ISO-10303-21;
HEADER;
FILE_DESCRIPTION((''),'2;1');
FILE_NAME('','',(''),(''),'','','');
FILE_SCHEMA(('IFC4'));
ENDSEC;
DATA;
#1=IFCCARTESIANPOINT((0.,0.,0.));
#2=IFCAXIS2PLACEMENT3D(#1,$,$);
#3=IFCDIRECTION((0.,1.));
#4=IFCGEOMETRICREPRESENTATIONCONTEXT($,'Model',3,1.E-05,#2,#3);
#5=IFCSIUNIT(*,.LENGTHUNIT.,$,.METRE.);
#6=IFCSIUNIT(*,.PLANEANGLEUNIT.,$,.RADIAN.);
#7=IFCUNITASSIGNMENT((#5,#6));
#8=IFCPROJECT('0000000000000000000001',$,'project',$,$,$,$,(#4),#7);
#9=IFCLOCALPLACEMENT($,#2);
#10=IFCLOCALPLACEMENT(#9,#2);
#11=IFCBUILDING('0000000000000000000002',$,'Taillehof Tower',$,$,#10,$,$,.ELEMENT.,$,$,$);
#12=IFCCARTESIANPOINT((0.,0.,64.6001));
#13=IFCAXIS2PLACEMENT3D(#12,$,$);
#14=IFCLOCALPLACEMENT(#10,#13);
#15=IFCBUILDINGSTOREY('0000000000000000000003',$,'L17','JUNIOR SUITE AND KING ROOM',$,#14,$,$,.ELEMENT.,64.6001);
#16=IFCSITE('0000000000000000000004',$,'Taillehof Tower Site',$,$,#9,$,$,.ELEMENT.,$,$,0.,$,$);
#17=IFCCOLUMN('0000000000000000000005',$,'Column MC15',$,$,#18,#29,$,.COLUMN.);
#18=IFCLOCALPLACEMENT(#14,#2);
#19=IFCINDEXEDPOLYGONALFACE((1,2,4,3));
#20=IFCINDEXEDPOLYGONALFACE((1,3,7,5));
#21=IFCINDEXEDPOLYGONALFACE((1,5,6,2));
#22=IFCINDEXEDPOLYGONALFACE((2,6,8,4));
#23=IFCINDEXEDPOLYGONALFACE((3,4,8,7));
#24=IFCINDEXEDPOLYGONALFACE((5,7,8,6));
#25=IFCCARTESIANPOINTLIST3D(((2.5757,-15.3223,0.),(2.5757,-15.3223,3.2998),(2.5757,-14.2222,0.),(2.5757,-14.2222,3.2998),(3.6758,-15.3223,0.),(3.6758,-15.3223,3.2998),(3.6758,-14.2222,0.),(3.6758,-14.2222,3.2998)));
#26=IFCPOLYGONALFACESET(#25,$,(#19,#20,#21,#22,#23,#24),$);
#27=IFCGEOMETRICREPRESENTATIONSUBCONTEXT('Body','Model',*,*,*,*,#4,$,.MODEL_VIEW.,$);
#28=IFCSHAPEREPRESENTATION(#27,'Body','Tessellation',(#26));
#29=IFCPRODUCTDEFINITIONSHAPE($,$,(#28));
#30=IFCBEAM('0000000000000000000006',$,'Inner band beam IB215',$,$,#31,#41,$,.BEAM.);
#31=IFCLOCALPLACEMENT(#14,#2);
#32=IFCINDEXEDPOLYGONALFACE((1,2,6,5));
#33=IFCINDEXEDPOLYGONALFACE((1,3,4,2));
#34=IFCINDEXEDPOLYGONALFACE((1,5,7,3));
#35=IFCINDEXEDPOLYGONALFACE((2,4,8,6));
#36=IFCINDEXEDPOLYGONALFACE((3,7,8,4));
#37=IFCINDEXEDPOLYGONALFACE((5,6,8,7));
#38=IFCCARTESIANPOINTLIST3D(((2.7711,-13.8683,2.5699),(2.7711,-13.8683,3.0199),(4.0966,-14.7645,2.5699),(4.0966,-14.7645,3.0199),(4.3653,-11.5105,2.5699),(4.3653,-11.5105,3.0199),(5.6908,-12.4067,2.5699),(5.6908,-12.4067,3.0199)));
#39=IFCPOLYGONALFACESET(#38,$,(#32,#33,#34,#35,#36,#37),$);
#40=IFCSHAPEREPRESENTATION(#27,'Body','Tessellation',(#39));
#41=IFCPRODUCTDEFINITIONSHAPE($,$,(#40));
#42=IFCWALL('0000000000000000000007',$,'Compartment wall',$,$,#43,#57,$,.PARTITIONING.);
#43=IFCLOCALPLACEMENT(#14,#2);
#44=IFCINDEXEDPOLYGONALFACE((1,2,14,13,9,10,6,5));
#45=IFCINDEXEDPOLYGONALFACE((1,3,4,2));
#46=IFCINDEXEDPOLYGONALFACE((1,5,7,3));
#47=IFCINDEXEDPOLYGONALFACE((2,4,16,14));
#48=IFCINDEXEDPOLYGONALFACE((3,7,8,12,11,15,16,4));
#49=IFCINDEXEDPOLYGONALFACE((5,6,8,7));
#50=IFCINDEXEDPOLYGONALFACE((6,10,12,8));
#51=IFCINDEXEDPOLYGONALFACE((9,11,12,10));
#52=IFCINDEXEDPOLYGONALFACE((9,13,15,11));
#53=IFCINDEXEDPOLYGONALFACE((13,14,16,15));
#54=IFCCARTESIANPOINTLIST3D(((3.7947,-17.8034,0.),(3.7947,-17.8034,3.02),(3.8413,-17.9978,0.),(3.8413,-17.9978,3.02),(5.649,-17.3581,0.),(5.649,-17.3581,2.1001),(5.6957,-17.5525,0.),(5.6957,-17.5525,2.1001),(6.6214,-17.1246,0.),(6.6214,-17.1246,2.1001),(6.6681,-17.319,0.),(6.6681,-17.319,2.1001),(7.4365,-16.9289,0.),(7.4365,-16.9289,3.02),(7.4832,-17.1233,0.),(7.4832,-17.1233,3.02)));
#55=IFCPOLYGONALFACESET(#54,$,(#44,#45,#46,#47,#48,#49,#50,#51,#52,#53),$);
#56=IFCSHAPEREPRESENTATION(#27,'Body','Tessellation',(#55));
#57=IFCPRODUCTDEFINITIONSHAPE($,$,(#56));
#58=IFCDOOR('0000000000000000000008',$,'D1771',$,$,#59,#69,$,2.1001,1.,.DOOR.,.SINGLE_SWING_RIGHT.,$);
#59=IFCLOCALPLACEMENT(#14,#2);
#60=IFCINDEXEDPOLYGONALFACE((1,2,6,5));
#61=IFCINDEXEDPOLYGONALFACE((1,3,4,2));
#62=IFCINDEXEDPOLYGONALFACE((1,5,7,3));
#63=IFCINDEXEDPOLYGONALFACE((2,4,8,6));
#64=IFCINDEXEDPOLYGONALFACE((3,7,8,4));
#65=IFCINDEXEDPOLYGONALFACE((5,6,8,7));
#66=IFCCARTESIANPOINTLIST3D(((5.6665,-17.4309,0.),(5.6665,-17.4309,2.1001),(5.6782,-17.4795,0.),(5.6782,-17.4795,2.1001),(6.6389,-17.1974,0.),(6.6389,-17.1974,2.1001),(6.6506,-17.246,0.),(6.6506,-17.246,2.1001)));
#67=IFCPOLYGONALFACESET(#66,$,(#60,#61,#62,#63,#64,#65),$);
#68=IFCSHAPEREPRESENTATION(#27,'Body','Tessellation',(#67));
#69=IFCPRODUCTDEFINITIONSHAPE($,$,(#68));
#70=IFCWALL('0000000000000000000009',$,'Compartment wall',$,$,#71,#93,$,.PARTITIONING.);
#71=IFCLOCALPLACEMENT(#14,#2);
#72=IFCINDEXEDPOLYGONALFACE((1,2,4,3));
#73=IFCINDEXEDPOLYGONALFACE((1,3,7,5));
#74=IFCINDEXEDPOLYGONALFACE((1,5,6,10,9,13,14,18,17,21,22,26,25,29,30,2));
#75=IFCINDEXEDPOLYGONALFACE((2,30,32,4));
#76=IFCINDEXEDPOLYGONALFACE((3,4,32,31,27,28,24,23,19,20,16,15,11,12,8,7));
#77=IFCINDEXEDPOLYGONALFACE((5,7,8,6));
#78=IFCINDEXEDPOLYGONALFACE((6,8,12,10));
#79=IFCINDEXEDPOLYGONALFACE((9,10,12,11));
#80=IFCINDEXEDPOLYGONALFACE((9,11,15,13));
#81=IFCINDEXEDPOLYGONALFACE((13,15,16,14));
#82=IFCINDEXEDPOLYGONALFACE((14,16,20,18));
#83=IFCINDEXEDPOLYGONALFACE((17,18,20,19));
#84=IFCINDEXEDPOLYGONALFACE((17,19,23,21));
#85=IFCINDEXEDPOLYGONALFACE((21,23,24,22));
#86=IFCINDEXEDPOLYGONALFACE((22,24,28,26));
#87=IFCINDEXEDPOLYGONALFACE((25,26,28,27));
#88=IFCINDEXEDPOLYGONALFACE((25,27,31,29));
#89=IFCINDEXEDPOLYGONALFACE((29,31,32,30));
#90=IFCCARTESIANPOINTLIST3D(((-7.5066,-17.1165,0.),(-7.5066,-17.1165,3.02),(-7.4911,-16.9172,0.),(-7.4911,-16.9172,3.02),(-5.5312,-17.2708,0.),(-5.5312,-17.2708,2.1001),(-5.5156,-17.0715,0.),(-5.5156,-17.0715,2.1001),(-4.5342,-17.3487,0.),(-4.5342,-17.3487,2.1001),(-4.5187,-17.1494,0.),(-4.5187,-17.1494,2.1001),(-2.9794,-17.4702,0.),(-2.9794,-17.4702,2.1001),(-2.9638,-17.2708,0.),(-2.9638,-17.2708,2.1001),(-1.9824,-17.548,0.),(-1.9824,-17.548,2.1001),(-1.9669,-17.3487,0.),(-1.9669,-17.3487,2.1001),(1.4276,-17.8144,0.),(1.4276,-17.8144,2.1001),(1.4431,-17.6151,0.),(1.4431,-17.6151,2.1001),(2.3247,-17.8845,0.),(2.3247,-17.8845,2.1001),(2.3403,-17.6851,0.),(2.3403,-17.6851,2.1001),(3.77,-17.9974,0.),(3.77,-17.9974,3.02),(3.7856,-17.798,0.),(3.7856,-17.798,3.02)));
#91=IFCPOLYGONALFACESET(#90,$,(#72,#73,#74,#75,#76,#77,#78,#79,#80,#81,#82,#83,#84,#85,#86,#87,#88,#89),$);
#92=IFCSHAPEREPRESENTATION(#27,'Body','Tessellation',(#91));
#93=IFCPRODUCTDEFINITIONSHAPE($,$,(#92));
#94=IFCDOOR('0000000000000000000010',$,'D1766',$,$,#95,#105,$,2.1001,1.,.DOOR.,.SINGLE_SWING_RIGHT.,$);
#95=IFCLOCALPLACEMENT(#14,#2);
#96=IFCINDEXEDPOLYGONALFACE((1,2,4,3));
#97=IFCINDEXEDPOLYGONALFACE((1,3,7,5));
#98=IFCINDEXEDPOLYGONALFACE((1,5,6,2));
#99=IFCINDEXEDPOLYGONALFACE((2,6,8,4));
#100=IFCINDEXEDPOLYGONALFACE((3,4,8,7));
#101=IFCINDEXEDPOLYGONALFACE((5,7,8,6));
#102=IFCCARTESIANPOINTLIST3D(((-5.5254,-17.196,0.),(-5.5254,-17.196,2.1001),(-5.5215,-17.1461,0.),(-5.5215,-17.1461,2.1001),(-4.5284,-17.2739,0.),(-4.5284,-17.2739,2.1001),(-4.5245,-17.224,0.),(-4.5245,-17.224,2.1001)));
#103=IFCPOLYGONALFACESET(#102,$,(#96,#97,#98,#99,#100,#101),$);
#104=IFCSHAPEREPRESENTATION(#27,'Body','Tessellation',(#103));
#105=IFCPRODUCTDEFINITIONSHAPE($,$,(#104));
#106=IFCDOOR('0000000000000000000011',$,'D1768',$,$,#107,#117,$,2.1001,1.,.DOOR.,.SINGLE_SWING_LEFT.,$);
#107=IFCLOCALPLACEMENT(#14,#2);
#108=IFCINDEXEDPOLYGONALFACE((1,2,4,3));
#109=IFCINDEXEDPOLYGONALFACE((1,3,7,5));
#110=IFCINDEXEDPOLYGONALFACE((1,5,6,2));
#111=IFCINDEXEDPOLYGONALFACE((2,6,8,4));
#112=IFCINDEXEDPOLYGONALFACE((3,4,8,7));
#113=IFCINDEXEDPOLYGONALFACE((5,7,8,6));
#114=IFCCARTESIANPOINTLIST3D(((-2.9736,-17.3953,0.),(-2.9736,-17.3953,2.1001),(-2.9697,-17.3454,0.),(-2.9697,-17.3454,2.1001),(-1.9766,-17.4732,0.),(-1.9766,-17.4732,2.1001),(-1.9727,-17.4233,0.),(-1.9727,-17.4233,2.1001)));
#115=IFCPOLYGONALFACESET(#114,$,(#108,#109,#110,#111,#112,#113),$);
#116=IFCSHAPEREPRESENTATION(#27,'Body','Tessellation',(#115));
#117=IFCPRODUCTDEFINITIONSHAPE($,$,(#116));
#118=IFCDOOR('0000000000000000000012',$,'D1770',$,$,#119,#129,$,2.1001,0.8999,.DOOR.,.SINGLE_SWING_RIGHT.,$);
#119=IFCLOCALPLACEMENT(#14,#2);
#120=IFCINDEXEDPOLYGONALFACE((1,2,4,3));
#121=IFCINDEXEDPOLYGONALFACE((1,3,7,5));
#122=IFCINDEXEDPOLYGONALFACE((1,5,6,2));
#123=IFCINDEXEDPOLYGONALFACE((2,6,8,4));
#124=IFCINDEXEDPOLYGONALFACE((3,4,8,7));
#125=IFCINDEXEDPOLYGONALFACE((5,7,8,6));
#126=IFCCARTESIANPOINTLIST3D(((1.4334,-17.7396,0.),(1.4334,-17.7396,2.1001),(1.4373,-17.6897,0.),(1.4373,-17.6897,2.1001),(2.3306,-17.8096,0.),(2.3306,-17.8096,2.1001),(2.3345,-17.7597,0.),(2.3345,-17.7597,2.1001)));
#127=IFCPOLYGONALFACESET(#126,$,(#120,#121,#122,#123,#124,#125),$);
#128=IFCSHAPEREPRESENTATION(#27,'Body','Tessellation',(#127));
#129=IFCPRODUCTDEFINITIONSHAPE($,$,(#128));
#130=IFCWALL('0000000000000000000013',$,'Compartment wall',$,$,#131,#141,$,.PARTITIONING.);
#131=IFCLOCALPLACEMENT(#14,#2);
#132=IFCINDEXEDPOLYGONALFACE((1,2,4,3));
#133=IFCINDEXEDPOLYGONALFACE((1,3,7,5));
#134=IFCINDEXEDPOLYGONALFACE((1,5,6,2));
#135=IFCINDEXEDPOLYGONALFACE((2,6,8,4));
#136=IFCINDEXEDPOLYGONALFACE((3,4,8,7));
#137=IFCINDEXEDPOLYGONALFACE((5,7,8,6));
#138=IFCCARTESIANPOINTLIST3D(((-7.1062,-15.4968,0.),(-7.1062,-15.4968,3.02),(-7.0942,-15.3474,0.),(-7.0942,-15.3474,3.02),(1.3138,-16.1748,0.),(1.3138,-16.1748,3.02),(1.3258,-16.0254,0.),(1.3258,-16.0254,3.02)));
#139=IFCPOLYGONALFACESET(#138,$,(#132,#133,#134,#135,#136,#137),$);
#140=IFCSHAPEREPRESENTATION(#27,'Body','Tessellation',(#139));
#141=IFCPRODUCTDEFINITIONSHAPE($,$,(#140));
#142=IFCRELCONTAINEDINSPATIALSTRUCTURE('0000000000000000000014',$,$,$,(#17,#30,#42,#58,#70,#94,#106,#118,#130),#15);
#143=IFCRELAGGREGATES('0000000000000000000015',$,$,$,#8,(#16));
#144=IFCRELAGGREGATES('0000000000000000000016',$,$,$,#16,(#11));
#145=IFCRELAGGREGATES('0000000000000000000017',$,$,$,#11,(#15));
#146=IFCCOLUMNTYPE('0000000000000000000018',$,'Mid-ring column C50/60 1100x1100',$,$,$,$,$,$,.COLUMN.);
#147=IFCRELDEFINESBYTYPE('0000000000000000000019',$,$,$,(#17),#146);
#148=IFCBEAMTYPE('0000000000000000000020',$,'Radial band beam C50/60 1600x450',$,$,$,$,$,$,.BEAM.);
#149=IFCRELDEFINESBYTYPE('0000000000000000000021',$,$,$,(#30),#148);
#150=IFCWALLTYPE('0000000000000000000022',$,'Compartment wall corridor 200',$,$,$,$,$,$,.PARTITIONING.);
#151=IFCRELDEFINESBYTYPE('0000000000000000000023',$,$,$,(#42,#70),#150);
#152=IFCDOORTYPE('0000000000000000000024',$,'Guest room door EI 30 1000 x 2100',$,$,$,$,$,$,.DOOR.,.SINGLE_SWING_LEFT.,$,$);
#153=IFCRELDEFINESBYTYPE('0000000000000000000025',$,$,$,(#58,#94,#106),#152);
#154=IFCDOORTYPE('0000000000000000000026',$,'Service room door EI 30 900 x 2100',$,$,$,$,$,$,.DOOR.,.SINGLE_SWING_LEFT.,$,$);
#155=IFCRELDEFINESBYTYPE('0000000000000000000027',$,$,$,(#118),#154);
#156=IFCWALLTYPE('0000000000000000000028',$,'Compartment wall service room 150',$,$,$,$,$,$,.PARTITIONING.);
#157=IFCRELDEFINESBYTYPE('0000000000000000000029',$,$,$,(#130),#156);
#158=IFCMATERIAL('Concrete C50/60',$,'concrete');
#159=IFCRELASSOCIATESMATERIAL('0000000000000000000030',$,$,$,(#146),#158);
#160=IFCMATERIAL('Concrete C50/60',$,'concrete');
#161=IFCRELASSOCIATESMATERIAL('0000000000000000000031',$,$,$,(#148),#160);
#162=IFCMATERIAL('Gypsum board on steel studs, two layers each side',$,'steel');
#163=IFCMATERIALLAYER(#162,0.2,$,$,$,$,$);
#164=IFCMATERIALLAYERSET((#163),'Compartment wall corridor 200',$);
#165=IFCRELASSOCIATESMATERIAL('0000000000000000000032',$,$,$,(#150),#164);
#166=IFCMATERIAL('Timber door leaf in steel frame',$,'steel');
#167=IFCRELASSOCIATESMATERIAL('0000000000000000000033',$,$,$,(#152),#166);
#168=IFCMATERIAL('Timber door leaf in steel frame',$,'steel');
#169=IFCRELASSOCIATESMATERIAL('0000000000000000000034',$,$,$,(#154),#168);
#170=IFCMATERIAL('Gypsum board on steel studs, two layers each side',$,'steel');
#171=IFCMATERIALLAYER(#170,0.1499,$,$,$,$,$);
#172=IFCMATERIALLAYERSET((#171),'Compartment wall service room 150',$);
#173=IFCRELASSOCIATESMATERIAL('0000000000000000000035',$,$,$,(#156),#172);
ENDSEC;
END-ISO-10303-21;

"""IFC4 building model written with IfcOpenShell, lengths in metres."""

from ifc_helpers import new_model, si_unit, direction, frame, frame_2d, origin, origin_2d, place, context, subcontext, project, spatial, rectangle, extrude, material, layer, layer_set, material_profile, profile_set, type_object, element, fill, save


model = new_model("IFC4")

# Units and contexts
model_context = context("Model", 3, precision=1e-05, world=origin(), true_north=direction((0.0, 1.0)))
body_context = subcontext(model_context, "Body", "Model", "MODEL_VIEW")
ifc_project = project(units=[si_unit("LENGTHUNIT", "METRE"), si_unit("PLANEANGLEUNIT", "RADIAN")], contexts=[model_context])

# Site, building, storey
site_placement = place(None, origin())
site = spatial("IfcSite", under=ifc_project, at=site_placement, Name="Taillehof Tower Site", CompositionType="ELEMENT", RefElevation=0.0)
building_placement = place(site_placement, origin())
building = spatial("IfcBuilding", under=site, at=building_placement, Name="Taillehof Tower", CompositionType="ELEMENT")
storey_placement = place(building_placement, frame((0.0, 0.0, 64.6001)))
storey = spatial("IfcBuildingStorey", under=building, at=storey_placement, Name="L17", Description="JUNIOR SUITE AND KING ROOM", CompositionType="ELEMENT", Elevation=64.6001)

# Column
ifc_material_1 = material(Name="Concrete C50/60", Category="concrete")
ifc_material_profile_1 = material_profile(ifc_material_1, rectangle(XDim=1.1001, YDim=1.1001, at=origin_2d()), Name="RC 1100x1100")
ifc_profile_set_1 = profile_set([ifc_material_profile_1], Name="Concrete C50/60")
column_type = type_object("IfcColumnType", Name="Mid-ring column C50/60 1100x1100", PredefinedType="COLUMN", material=ifc_profile_set_1)
column_placement = place(storey_placement, frame((3.1257, -14.7722, 0.0), z_axis=(0.0, 0.0, 1.0), x_axis=(1.0, 0.0, 0.0)))
element("IfcColumn", 1, at=column_placement, inside=storey, type_object=column_type, Name="Column MC15", PredefinedType="COLUMN", context=body_context, shape_type="SweptSolid", body=[
    extrude(rectangle(XDim=1.1001, YDim=1.1001, at=origin_2d()), origin(), (0.0, 0.0, 1.0), 3.2998),
])

# Beam
ifc_material_2 = material(Name="Concrete C50/60", Category="concrete")
ifc_material_profile_2 = material_profile(ifc_material_2, rectangle(XDim=1.6001, YDim=0.45, at=origin_2d()), Name="RC 1600x450")
ifc_profile_set_2 = profile_set([ifc_material_profile_2], Name="Concrete C50/60")
beam_type = type_object("IfcBeamType", Name="Radial band beam C50/60 1600x450", PredefinedType="BEAM", material=ifc_profile_set_2)
beam_placement = place(storey_placement, frame((3.4338, -14.3164, 2.7949), z_axis=(0.560112, 0.828417, 0.0), x_axis=(-0.828417, 0.560112, 0.0)))
element("IfcBeam", 2, at=beam_placement, inside=storey, type_object=beam_type, Name="Inner band beam IB215", PredefinedType="BEAM", context=body_context, shape_type="SweptSolid", body=[
    extrude(rectangle(XDim=1.6001, YDim=0.45, at=origin_2d()), origin(), (0.0, 0.0, 1.0), 2.8462),
])

# Wall, opening, door
ifc_material_3 = material(Name="Gypsum board on steel studs, two layers each side", Category="steel")
ifc_layer_1 = layer(ifc_material_3, 0.2)
ifc_layer_set_1 = layer_set([ifc_layer_1], Name="Compartment wall corridor 200")
wall_type_1 = type_object("IfcWallType", Name="Compartment wall corridor 200", PredefinedType="PARTITIONING", material=ifc_layer_set_1)
wall_1_placement = place(storey_placement, frame((7.4597, -17.0261, 0.0), z_axis=(0.0, 0.0, 1.0), x_axis=(-0.972359, -0.233491, 0.0)))
wall_1 = element("IfcWall", 3, at=wall_1_placement, inside=storey, type_object=wall_type_1, Name="Compartment wall", PredefinedType="PARTITIONING", context=body_context, shape_type="SweptSolid", body=[
    extrude(rectangle(XDim=3.7454, YDim=0.2, at=frame_2d((1.8726, 0.0))), origin(), (0.0, 0.0, 1.0), 3.02),
])
opening_1_placement = place(wall_1_placement, frame((0.8381, 0.0, 0.0)))
opening_1 = element("IfcOpeningElement", 4, at=opening_1_placement, cuts=wall_1, PredefinedType="OPENING", context=body_context, shape_type="SweptSolid", body=[
    extrude(rectangle(XDim=1.0, YDim=2.1001, at=frame_2d((0.5, 1.05))), frame((0.0, 0.1099, 0.0), z_axis=(0.0, -1.0, 0.0), x_axis=(1.0, 0.0, 0.0)), (0.0, 0.0, 1.0), 0.22),
])
ifc_material_4 = material(Name="Timber door leaf in steel frame", Category="steel")
door_type_1 = type_object("IfcDoorType", Name="Guest room door EI 30 1000 x 2100", OperationType="SINGLE_SWING_LEFT", PredefinedType="DOOR", material=ifc_material_4)
door_1_placement = place(opening_1_placement, origin())
door_1 = element("IfcDoor", 5, at=door_1_placement, inside=storey, type_object=door_type_1, Name="D1771", OperationType="SINGLE_SWING_RIGHT", OverallHeight=2.1001, OverallWidth=1.0, PredefinedType="DOOR", context=body_context, shape_type="SweptSolid", body=[
    extrude(rectangle(XDim=1.0, YDim=2.1001, at=frame_2d((0.5, 1.05))), frame((0.0, 0.0249, 0.0), z_axis=(0.0, -1.0, 0.0), x_axis=(1.0, 0.0, 0.0)), (0.0, 0.0, 1.0), 0.05),
])
fill(opening_1, door_1)

# Wall, openings, doors
wall_2_placement = place(storey_placement, frame((3.7778, -17.8977, 0.0), z_axis=(0.0, 0.0, 1.0), x_axis=(-0.996963, 0.077877, 0.0)))
wall_2 = element("IfcWall", 6, at=wall_2_placement, inside=storey, type_object=wall_type_1, Name="Compartment wall", PredefinedType="PARTITIONING", context=body_context, shape_type="SweptSolid", body=[
    extrude(rectangle(XDim=11.311, YDim=0.2, at=frame_2d((5.6555, 0.0))), origin(), (0.0, 0.0, 1.0), 3.02),
])
opening_2_placement = place(wall_2_placement, frame((8.3296, 0.0, 0.0)))
opening_2 = element("IfcOpeningElement", 7, at=opening_2_placement, cuts=wall_2, PredefinedType="OPENING", context=body_context, shape_type="SweptSolid", body=[
    extrude(rectangle(XDim=1.0, YDim=2.1001, at=frame_2d((0.5, 1.05))), frame((0.0, 0.1099, 0.0), z_axis=(0.0, -1.0, 0.0), x_axis=(1.0, 0.0, 0.0)), (0.0, 0.0, 1.0), 0.22),
])
opening_3_placement = place(wall_2_placement, frame((5.77, 0.0, 0.0)))
opening_3 = element("IfcOpeningElement", 8, at=opening_3_placement, cuts=wall_2, PredefinedType="OPENING", context=body_context, shape_type="SweptSolid", body=[
    extrude(rectangle(XDim=1.0, YDim=2.1001, at=frame_2d((0.5, 1.05))), frame((0.0, 0.1099, 0.0), z_axis=(0.0, -1.0, 0.0), x_axis=(1.0, 0.0, 0.0)), (0.0, 0.0, 1.0), 0.22),
])
opening_4_placement = place(wall_2_placement, frame((1.4497, 0.0, 0.0)))
opening_4 = element("IfcOpeningElement", 9, at=opening_4_placement, cuts=wall_2, PredefinedType="OPENING", context=body_context, shape_type="SweptSolid", body=[
    extrude(rectangle(XDim=0.8999, YDim=2.1001, at=frame_2d((0.45, 1.05))), frame((0.0, 0.1099, 0.0), z_axis=(0.0, -1.0, 0.0), x_axis=(1.0, 0.0, 0.0)), (0.0, 0.0, 1.0), 0.22),
])
door_2_placement = place(opening_2_placement, origin())
door_2 = element("IfcDoor", 10, at=door_2_placement, inside=storey, type_object=door_type_1, Name="D1766", OperationType="SINGLE_SWING_RIGHT", OverallHeight=2.1001, OverallWidth=1.0, PredefinedType="DOOR", context=body_context, shape_type="SweptSolid", body=[
    extrude(rectangle(XDim=1.0, YDim=2.1001, at=frame_2d((0.5, 1.05))), frame((0.0, 0.0249, 0.0), z_axis=(0.0, -1.0, 0.0), x_axis=(1.0, 0.0, 0.0)), (0.0, 0.0, 1.0), 0.05),
])
fill(opening_2, door_2)
door_3_placement = place(opening_3_placement, origin())
door_3 = element("IfcDoor", 11, at=door_3_placement, inside=storey, type_object=door_type_1, Name="D1768", OperationType="SINGLE_SWING_LEFT", OverallHeight=2.1001, OverallWidth=1.0, PredefinedType="DOOR", context=body_context, shape_type="SweptSolid", body=[
    extrude(rectangle(XDim=1.0, YDim=2.1001, at=frame_2d((0.5, 1.05))), frame((0.0, 0.0249, 0.0), z_axis=(0.0, -1.0, 0.0), x_axis=(1.0, 0.0, 0.0)), (0.0, 0.0, 1.0), 0.05),
])
fill(opening_3, door_3)
ifc_material_5 = material(Name="Timber door leaf in steel frame", Category="steel")
door_type_2 = type_object("IfcDoorType", Name="Service room door EI 30 900 x 2100", OperationType="SINGLE_SWING_LEFT", PredefinedType="DOOR", material=ifc_material_5)
door_4_placement = place(opening_4_placement, origin())
door_4 = element("IfcDoor", 12, at=door_4_placement, inside=storey, type_object=door_type_2, Name="D1770", OperationType="SINGLE_SWING_RIGHT", OverallHeight=2.1001, OverallWidth=0.8999, PredefinedType="DOOR", context=body_context, shape_type="SweptSolid", body=[
    extrude(rectangle(XDim=0.8999, YDim=2.1001, at=frame_2d((0.45, 1.05))), frame((0.0, 0.0249, 0.0), z_axis=(0.0, -1.0, 0.0), x_axis=(1.0, 0.0, 0.0)), (0.0, 0.0, 1.0), 0.05),
])
fill(opening_4, door_4)

# Wall
ifc_material_6 = material(Name="Gypsum board on steel studs, two layers each side", Category="steel")
ifc_layer_2 = layer(ifc_material_6, 0.1499)
ifc_layer_set_2 = layer_set([ifc_layer_2], Name="Compartment wall service room 150")
wall_type_2 = type_object("IfcWallType", Name="Compartment wall service room 150", PredefinedType="PARTITIONING", material=ifc_layer_set_2)
wall_3_placement = place(storey_placement, frame((1.3198, -16.1001, 0.0), z_axis=(0.0, 0.0, 1.0), x_axis=(-0.996774, 0.080261, 0.0)))
element("IfcWall", 13, at=wall_3_placement, inside=storey, type_object=wall_type_2, Name="Compartment wall", PredefinedType="PARTITIONING", context=body_context, shape_type="SweptSolid", body=[
    extrude(rectangle(XDim=8.4473, YDim=0.1499, at=frame_2d((4.2236, 0.0))), origin(), (0.0, 0.0, 1.0), 3.02),
])

save(model, "model.ifc")
